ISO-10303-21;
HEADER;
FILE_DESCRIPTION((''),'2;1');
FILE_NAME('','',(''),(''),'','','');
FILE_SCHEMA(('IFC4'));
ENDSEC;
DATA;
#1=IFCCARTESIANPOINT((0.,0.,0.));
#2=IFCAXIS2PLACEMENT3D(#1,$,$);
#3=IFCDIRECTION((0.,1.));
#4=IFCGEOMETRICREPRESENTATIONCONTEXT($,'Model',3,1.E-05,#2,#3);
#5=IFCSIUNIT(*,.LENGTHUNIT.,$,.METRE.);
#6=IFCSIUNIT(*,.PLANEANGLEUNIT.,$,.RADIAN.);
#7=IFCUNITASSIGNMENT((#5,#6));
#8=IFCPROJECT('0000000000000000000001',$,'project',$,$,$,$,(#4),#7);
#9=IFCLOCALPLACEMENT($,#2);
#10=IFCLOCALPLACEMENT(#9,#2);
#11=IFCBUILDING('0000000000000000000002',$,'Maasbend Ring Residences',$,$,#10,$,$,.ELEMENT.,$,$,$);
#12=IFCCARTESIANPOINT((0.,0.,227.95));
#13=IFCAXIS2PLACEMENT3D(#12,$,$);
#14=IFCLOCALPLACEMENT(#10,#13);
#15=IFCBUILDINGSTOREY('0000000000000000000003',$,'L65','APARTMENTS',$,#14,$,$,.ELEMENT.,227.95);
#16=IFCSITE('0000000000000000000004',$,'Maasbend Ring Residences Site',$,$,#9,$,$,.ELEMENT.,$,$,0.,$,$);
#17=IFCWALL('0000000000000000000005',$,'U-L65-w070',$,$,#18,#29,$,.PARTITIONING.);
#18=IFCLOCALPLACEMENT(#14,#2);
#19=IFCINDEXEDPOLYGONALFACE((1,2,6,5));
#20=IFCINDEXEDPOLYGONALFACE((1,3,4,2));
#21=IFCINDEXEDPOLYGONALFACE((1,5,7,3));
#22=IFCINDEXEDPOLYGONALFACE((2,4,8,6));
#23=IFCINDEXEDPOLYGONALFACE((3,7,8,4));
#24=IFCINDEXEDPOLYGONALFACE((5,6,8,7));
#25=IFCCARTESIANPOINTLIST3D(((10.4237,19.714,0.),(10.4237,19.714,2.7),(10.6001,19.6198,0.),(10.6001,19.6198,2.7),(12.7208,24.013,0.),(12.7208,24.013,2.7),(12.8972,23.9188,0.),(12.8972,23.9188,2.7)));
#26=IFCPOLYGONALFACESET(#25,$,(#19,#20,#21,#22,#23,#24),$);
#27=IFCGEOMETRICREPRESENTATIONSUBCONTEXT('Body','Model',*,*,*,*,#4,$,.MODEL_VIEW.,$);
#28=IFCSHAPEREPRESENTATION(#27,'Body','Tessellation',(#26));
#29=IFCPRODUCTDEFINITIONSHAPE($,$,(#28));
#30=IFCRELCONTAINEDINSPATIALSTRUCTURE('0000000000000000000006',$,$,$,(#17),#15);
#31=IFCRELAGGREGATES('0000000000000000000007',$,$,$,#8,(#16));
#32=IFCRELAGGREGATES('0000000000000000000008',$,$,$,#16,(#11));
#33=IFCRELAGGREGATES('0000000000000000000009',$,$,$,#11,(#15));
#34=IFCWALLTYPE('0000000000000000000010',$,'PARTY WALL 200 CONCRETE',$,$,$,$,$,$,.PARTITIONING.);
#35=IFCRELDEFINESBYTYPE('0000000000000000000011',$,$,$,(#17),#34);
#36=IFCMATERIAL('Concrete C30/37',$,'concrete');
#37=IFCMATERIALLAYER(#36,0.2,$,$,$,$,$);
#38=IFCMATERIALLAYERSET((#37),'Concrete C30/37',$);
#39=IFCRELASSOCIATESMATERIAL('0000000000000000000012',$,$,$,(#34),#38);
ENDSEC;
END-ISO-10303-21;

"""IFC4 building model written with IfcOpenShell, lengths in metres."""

from ifc_helpers import new_model, si_unit, direction, frame, frame_2d, origin, place, context, subcontext, project, spatial, rectangle, extrude, material, layer, layer_set, type_object, element, save


model = new_model("IFC4")

# Units and contexts
model_context = context("Model", 3, precision=1e-05, world=origin(), true_north=direction((0.0, 1.0)))
body_context = subcontext(model_context, "Body", "Model", "MODEL_VIEW")
ifc_project = project(units=[si_unit("LENGTHUNIT", "METRE"), si_unit("PLANEANGLEUNIT", "RADIAN")], contexts=[model_context])

# Site, building, storey
site_placement = place(None, origin())
site = spatial("IfcSite", under=ifc_project, at=site_placement, Name="Maasbend Ring Residences Site", CompositionType="ELEMENT", RefElevation=0.0)
building_placement = place(site_placement, origin())
building = spatial("IfcBuilding", under=site, at=building_placement, Name="Maasbend Ring Residences", CompositionType="ELEMENT")
storey_placement = place(building_placement, frame((0.0, 0.0, 227.95)))
storey = spatial("IfcBuildingStorey", under=building, at=storey_placement, Name="L65", Description="APARTMENTS", CompositionType="ELEMENT", Elevation=227.95)

# Wall
ifc_material_1 = material(Name="Concrete C30/37", Category="concrete")
ifc_layer_1 = layer(ifc_material_1, 0.2)
ifc_layer_set_1 = layer_set([ifc_layer_1], Name="Concrete C30/37")
wall_type_1 = type_object("IfcWallType", Name="PARTY WALL 200 CONCRETE", PredefinedType="PARTITIONING", material=ifc_layer_set_1)
wall_1_placement = place(storey_placement, frame((10.512, 19.667, 0.0), z_axis=(0.0, 0.0, 1.0), x_axis=(0.471272, 0.881988, 0.0)))
element("IfcWall", 1, at=wall_1_placement, inside=storey, type_object=wall_type_1, Name="U-L65-w070", PredefinedType="PARTITIONING", context=body_context, shape_type="SweptSolid", body=[
    extrude(rectangle(XDim=4.8743, YDim=0.2, at=frame_2d((2.437, 0.0))), origin(), (0.0, 0.0, 1.0), 2.7),
])

save(model, "model.ifc")
